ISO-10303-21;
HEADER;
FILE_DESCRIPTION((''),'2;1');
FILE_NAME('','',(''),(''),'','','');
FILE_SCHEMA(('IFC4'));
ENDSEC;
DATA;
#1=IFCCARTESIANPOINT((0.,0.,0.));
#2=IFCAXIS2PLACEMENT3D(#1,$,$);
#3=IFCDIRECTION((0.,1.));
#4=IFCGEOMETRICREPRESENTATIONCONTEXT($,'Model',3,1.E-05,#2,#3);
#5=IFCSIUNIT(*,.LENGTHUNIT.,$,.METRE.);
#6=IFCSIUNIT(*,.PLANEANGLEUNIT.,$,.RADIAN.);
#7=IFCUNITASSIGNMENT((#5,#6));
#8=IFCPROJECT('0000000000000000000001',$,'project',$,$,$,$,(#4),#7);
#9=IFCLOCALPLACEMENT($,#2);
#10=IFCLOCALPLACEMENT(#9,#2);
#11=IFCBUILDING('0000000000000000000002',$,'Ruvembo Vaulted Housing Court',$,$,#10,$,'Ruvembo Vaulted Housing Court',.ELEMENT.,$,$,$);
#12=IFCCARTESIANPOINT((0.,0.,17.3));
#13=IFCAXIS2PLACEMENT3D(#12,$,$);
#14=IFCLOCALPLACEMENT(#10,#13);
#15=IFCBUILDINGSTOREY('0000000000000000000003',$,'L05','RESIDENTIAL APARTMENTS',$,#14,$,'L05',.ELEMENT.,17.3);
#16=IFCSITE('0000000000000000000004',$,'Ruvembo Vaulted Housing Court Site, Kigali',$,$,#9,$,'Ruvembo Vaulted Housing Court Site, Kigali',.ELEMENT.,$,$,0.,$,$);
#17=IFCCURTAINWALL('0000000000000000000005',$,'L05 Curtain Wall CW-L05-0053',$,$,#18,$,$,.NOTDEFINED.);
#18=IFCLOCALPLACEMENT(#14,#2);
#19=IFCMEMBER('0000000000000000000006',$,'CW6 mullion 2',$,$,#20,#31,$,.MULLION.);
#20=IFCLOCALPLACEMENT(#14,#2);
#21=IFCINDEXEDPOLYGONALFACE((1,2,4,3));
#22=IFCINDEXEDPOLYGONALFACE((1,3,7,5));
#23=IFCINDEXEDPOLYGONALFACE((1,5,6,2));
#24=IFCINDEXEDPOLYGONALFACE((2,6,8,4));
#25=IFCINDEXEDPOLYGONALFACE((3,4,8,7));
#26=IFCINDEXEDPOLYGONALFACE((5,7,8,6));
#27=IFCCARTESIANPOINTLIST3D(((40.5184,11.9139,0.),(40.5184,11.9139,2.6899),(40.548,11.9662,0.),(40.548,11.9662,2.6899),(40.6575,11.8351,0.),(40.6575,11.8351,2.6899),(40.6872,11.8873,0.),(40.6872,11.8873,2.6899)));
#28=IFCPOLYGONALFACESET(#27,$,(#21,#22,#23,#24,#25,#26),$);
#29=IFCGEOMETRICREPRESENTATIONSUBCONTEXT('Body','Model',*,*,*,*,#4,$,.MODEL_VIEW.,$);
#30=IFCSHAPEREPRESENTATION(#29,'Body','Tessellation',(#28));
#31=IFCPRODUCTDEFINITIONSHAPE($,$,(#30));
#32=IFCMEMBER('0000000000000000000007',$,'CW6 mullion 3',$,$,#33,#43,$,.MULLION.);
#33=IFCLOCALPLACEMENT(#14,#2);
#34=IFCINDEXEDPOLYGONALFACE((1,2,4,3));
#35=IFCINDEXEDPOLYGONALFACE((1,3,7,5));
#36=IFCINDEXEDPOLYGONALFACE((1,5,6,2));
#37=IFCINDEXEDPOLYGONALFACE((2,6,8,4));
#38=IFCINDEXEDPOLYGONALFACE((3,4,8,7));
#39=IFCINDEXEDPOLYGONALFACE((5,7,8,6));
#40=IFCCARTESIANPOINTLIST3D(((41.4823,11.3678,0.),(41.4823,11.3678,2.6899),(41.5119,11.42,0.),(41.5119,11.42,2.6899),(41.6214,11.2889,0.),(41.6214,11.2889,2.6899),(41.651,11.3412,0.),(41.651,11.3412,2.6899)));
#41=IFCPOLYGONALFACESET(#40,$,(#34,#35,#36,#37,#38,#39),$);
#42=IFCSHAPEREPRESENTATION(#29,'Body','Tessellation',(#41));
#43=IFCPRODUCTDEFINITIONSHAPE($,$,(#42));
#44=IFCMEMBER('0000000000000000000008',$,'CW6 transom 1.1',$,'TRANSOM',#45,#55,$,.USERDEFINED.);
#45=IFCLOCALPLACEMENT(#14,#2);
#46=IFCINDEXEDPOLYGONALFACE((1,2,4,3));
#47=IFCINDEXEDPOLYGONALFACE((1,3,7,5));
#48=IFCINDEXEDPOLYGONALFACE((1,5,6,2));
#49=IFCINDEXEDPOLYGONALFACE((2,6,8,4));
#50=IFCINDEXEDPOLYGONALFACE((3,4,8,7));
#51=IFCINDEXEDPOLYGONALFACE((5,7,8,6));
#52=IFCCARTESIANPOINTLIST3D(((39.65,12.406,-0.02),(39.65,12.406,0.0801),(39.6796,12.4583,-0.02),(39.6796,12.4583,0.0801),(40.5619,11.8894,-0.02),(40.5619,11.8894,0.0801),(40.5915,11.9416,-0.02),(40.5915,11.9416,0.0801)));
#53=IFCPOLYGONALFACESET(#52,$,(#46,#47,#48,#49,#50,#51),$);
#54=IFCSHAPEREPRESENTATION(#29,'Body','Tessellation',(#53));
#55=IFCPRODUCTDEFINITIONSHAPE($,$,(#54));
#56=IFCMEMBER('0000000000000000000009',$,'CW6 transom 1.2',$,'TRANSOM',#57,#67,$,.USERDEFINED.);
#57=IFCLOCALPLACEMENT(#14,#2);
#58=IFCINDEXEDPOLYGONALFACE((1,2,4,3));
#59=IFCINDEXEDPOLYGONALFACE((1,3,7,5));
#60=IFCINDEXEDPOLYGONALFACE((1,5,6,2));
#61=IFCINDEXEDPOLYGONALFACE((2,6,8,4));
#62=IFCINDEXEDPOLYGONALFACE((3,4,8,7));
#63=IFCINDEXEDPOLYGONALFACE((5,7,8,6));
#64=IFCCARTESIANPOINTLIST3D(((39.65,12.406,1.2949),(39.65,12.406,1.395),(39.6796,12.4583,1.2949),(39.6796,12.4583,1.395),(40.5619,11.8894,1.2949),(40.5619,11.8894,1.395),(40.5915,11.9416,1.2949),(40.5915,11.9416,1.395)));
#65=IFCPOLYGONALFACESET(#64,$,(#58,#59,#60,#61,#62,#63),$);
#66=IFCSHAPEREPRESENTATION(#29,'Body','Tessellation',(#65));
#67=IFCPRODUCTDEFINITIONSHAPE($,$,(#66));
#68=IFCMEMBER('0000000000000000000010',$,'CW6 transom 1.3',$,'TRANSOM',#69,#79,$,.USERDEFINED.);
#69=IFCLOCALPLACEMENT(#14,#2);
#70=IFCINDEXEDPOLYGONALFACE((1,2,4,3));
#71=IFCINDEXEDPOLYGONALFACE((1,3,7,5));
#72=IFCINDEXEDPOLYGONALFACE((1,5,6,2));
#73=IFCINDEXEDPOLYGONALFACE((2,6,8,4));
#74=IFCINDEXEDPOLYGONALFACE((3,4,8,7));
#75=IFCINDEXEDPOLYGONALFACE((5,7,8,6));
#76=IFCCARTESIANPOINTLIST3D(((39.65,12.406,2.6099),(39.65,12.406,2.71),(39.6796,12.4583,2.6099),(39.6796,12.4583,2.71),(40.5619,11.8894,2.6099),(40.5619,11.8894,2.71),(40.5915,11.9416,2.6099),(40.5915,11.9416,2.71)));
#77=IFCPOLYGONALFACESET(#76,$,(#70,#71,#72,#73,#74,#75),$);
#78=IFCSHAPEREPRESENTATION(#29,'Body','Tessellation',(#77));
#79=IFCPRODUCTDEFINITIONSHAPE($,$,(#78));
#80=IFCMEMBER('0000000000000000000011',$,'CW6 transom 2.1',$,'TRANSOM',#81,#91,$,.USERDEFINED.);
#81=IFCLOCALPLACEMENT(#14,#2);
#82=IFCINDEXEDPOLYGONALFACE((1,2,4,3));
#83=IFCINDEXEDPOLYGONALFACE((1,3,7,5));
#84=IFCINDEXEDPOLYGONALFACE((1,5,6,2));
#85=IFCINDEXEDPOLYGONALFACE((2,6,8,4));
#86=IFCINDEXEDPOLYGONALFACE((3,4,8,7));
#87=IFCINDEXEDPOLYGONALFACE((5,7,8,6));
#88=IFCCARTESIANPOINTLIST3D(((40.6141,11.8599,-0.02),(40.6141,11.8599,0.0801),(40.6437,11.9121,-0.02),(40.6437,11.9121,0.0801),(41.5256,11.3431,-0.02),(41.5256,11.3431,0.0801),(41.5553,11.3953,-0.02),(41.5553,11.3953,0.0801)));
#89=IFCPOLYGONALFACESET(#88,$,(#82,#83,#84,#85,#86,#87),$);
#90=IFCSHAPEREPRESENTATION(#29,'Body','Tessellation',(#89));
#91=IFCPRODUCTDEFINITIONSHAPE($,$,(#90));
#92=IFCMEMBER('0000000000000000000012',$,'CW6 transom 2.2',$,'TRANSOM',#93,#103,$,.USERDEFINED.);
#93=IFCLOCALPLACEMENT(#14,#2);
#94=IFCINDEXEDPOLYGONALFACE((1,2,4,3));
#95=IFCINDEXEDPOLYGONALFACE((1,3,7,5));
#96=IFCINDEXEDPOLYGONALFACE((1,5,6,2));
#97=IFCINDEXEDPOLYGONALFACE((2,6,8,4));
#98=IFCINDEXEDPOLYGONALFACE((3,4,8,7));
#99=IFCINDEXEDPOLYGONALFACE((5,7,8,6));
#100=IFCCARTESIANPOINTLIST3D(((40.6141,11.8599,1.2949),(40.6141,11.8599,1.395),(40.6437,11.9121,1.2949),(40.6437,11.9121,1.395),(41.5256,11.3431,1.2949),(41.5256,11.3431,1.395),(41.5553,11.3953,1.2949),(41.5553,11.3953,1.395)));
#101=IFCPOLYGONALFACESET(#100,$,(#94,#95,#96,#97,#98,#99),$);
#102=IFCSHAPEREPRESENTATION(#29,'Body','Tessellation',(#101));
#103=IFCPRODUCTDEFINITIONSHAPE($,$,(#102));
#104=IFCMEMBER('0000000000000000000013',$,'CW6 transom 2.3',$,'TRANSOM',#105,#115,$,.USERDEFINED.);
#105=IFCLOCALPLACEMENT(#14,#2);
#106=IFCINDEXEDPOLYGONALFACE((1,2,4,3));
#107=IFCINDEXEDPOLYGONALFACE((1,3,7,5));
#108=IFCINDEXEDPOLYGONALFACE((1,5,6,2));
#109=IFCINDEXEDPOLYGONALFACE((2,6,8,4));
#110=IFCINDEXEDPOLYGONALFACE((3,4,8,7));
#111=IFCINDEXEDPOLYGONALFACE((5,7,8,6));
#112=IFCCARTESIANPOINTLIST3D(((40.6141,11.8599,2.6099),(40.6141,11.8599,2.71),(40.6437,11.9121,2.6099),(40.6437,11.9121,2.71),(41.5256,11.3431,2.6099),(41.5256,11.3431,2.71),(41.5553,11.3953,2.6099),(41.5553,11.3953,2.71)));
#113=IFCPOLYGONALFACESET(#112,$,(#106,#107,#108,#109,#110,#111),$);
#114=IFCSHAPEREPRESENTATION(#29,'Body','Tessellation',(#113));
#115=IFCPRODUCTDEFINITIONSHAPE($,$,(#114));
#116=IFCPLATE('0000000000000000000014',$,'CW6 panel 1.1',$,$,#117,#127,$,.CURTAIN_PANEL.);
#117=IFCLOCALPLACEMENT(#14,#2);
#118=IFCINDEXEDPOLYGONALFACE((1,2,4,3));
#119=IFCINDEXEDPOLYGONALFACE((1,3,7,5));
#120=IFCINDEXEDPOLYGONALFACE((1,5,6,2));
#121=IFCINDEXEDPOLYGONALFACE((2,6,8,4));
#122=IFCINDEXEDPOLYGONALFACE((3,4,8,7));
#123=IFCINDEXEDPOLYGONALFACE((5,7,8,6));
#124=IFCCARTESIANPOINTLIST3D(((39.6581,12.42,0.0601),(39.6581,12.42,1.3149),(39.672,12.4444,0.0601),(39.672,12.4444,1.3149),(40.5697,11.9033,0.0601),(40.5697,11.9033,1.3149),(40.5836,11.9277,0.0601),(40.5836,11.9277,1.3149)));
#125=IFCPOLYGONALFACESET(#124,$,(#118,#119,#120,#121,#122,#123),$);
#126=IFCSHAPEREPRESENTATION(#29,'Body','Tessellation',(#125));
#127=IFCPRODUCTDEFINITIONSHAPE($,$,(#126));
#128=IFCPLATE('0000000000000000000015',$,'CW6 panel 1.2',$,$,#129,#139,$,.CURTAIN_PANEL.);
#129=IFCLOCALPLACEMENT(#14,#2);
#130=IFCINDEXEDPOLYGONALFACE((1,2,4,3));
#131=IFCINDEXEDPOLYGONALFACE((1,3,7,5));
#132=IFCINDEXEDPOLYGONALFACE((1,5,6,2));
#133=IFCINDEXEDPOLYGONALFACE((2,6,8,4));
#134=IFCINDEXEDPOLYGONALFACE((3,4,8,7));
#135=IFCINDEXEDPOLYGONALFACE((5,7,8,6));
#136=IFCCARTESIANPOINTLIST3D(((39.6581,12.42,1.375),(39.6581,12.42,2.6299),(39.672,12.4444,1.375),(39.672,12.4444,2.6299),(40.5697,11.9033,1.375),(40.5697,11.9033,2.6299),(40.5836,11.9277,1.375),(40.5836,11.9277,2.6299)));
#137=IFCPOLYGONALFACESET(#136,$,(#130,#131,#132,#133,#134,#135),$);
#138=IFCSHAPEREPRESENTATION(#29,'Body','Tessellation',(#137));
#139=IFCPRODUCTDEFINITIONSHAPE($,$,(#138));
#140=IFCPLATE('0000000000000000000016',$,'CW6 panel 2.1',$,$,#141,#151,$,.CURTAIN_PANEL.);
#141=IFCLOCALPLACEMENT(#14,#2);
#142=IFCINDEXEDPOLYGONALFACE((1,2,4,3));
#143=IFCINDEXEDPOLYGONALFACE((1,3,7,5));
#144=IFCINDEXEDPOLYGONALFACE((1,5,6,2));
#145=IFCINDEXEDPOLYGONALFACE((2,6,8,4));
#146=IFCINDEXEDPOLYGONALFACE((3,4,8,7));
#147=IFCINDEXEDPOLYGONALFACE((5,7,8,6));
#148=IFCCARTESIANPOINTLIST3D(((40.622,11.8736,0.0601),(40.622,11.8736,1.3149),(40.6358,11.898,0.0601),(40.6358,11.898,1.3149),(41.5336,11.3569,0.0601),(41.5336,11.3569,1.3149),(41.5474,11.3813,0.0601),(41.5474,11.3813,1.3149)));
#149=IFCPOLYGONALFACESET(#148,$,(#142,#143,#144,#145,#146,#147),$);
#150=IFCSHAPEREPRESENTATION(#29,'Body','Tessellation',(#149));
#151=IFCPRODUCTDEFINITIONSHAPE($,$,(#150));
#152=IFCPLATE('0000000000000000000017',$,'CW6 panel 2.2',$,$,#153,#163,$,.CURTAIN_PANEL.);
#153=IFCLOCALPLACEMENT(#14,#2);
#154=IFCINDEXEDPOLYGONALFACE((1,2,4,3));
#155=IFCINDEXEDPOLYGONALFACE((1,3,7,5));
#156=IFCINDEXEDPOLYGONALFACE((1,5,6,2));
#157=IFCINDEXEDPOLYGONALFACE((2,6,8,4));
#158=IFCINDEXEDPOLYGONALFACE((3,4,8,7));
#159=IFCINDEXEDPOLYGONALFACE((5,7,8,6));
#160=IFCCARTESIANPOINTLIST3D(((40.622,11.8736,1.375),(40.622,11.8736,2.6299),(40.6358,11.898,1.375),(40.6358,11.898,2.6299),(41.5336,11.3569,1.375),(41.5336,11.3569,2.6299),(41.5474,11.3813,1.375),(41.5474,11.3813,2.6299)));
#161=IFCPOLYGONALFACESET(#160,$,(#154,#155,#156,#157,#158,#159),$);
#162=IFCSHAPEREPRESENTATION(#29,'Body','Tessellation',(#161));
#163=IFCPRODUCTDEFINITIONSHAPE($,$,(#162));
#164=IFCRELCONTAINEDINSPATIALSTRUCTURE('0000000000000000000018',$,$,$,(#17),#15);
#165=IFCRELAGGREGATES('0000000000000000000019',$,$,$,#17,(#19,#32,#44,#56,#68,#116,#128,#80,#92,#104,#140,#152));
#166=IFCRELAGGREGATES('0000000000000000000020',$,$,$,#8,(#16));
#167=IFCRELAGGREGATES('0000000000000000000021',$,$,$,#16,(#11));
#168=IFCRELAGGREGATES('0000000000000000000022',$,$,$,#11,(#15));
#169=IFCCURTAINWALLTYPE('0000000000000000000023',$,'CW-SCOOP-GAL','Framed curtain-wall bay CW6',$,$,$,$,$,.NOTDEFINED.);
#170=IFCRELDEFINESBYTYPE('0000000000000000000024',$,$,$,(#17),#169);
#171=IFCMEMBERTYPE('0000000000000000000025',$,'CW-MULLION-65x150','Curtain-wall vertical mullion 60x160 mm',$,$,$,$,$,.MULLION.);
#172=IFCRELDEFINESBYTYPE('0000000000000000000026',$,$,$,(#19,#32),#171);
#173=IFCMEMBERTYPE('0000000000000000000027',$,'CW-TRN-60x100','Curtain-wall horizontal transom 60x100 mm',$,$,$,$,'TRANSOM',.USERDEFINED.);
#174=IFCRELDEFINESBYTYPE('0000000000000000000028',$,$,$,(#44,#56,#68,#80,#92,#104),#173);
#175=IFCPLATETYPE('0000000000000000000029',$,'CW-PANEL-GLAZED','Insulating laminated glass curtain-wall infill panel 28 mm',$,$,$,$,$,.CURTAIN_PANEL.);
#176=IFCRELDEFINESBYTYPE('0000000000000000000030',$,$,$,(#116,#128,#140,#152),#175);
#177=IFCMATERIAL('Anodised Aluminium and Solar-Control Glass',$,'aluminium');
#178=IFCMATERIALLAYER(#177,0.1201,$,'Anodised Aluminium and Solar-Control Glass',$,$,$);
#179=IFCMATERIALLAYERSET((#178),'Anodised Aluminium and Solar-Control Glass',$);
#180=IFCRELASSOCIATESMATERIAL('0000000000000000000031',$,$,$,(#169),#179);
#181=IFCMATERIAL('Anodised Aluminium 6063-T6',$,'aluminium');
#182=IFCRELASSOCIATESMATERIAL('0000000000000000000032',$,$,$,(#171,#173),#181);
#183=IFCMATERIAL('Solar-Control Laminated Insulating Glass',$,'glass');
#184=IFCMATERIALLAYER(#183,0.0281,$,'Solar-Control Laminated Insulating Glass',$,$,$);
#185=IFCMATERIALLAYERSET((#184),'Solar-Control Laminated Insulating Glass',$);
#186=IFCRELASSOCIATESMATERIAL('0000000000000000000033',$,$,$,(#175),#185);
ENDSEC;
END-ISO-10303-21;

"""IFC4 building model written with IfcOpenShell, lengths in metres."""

from ifc_helpers import new_model, si_unit, direction, frame, origin, origin_2d, place, context, subcontext, project, spatial, rectangle, extrude, material, layer, layer_set, material_profile, profile_set, type_object, element, aggregate, save


model = new_model("IFC4")

# Units and contexts
model_context = context("Model", 3, precision=1e-05, world=origin(), true_north=direction((0.0, 1.0)))
body_context = subcontext(model_context, "Body", "Model", "MODEL_VIEW")
ifc_project = project(units=[si_unit("LENGTHUNIT", "METRE"), si_unit("PLANEANGLEUNIT", "RADIAN")], contexts=[model_context])

# Site, building, storey
site_placement = place(None, origin())
site = spatial("IfcSite", under=ifc_project, at=site_placement, Name="Ruvembo Vaulted Housing Court Site, Kigali", LongName="Ruvembo Vaulted Housing Court Site, Kigali", CompositionType="ELEMENT", RefElevation=0.0)
building_placement = place(site_placement, origin())
building = spatial("IfcBuilding", under=site, at=building_placement, Name="Ruvembo Vaulted Housing Court", LongName="Ruvembo Vaulted Housing Court", CompositionType="ELEMENT")
storey_placement = place(building_placement, frame((0.0, 0.0, 17.3)))
storey = spatial("IfcBuildingStorey", under=building, at=storey_placement, Name="L05", Description="RESIDENTIAL APARTMENTS", LongName="L05", CompositionType="ELEMENT", Elevation=17.3)

# Curtain wall, members, plates
ifc_material_1 = material(Name="Anodised Aluminium and Solar-Control Glass", Category="aluminium")
ifc_layer_1 = layer(ifc_material_1, 0.1201, Name="Anodised Aluminium and Solar-Control Glass")
ifc_layer_set_1 = layer_set([ifc_layer_1], Name="Anodised Aluminium and Solar-Control Glass")
curtain_wall_type = type_object("IfcCurtainWallType", Name="CW-SCOOP-GAL", Description="Framed curtain-wall bay CW6", PredefinedType="NOTDEFINED", material=ifc_layer_set_1)
curtain_wall_placement = place(storey_placement, origin())
curtain_wall = element("IfcCurtainWall", 1, at=curtain_wall_placement, inside=storey, type_object=curtain_wall_type, Name="L05 Curtain Wall CW-L05-0053", PredefinedType="NOTDEFINED")
ifc_material_2 = material(Name="Anodised Aluminium 6063-T6", Category="aluminium")
ifc_material_profile_1 = material_profile(ifc_material_2, rectangle(XDim=0.0601, YDim=0.1599, at=origin_2d()), Name="ALU 60x160")
ifc_profile_set_1 = profile_set([ifc_material_profile_1], Name="Anodised Aluminium 6063-T6")
member_type_1 = type_object("IfcMemberType", Name="CW-MULLION-65x150", Description="Curtain-wall vertical mullion 60x160 mm", PredefinedType="MULLION", material=ifc_profile_set_1)
member_1_placement = place(storey_placement, frame((40.6028, 11.9006, 0.0), z_axis=(0.0, 0.0, 1.0), x_axis=(0.493079, 0.869984, 0.0)))
member_1 = element("IfcMember", 2, at=member_1_placement, type_object=member_type_1, Name="CW6 mullion 2", PredefinedType="MULLION", context=body_context, shape_type="SweptSolid", body=[
    extrude(rectangle(XDim=0.0601, YDim=0.1599, at=origin_2d()), origin(), (0.0, 0.0, 1.0), 2.6899),
])
member_2_placement = place(storey_placement, frame((41.5667, 11.3545, 0.0), z_axis=(0.0, 0.0, 1.0), x_axis=(0.493079, 0.869984, 0.0)))
member_2 = element("IfcMember", 3, at=member_2_placement, type_object=member_type_1, Name="CW6 mullion 3", PredefinedType="MULLION", context=body_context, shape_type="SweptSolid", body=[
    extrude(rectangle(XDim=0.0601, YDim=0.1599, at=origin_2d()), origin(), (0.0, 0.0, 1.0), 2.6899),
])
ifc_material_profile_2 = material_profile(ifc_material_2, rectangle(XDim=0.0601, YDim=0.1001, at=origin_2d()), Name="ALU 60x100")
ifc_profile_set_2 = profile_set([ifc_material_profile_2], Name="Anodised Aluminium 6063-T6")
member_type_2 = type_object("IfcMemberType", Name="CW-TRN-60x100", Description="Curtain-wall horizontal transom 60x100 mm", ElementType="TRANSOM", PredefinedType="USERDEFINED", material=ifc_profile_set_2)
member_3_placement = place(storey_placement, frame((39.6648, 12.4321, 0.03), z_axis=(0.870072, -0.492924, 0.0), x_axis=(0.492924, 0.870072, 0.0)))
member_3 = element("IfcMember", 4, at=member_3_placement, type_object=member_type_2, Name="CW6 transom 1.1", ObjectType="TRANSOM", PredefinedType="USERDEFINED", context=body_context, shape_type="SweptSolid", body=[
    extrude(rectangle(XDim=0.0601, YDim=0.1001, at=origin_2d()), origin(), (0.0, 0.0, 1.0), 1.0481),
])
member_4_placement = place(storey_placement, frame((39.6648, 12.4321, 1.345), z_axis=(0.870072, -0.492924, 0.0), x_axis=(0.492924, 0.870072, 0.0)))
member_4 = element("IfcMember", 5, at=member_4_placement, type_object=member_type_2, Name="CW6 transom 1.2", ObjectType="TRANSOM", PredefinedType="USERDEFINED", context=body_context, shape_type="SweptSolid", body=[
    extrude(rectangle(XDim=0.0601, YDim=0.1001, at=origin_2d()), origin(), (0.0, 0.0, 1.0), 1.0481),
])
member_5_placement = place(storey_placement, frame((39.6648, 12.4321, 2.6599), z_axis=(0.870072, -0.492924, 0.0), x_axis=(0.492924, 0.870072, 0.0)))
member_5 = element("IfcMember", 6, at=member_5_placement, type_object=member_type_2, Name="CW6 transom 1.3", ObjectType="TRANSOM", PredefinedType="USERDEFINED", context=body_context, shape_type="SweptSolid", body=[
    extrude(rectangle(XDim=0.0601, YDim=0.1001, at=origin_2d()), origin(), (0.0, 0.0, 1.0), 1.0481),
])
member_6_placement = place(storey_placement, frame((40.6289, 11.886, 0.03), z_axis=(0.869916, -0.493201, 0.0), x_axis=(0.493201, 0.869916, 0.0)))
member_6 = element("IfcMember", 7, at=member_6_placement, type_object=member_type_2, Name="CW6 transom 2.1", ObjectType="TRANSOM", PredefinedType="USERDEFINED", context=body_context, shape_type="SweptSolid", body=[
    extrude(rectangle(XDim=0.0601, YDim=0.1001, at=origin_2d()), origin(), (0.0, 0.0, 1.0), 1.0479),
])
member_7_placement = place(storey_placement, frame((40.6289, 11.886, 1.345), z_axis=(0.869916, -0.493201, 0.0), x_axis=(0.493201, 0.869916, 0.0)))
member_7 = element("IfcMember", 8, at=member_7_placement, type_object=member_type_2, Name="CW6 transom 2.2", ObjectType="TRANSOM", PredefinedType="USERDEFINED", context=body_context, shape_type="SweptSolid", body=[
    extrude(rectangle(XDim=0.0601, YDim=0.1001, at=origin_2d()), origin(), (0.0, 0.0, 1.0), 1.0479),
])
member_8_placement = place(storey_placement, frame((40.6289, 11.886, 2.6599), z_axis=(0.869916, -0.493201, 0.0), x_axis=(0.493201, 0.869916, 0.0)))
member_8 = element("IfcMember", 9, at=member_8_placement, type_object=member_type_2, Name="CW6 transom 2.3", ObjectType="TRANSOM", PredefinedType="USERDEFINED", context=body_context, shape_type="SweptSolid", body=[
    extrude(rectangle(XDim=0.0601, YDim=0.1001, at=origin_2d()), origin(), (0.0, 0.0, 1.0), 1.0479),
])
ifc_material_3 = material(Name="Solar-Control Laminated Insulating Glass", Category="glass")
ifc_layer_2 = layer(ifc_material_3, 0.0281, Name="Solar-Control Laminated Insulating Glass")
ifc_layer_set_2 = layer_set([ifc_layer_2], Name="Solar-Control Laminated Insulating Glass")
plate_type = type_object("IfcPlateType", Name="CW-PANEL-GLAZED", Description="Insulating laminated glass curtain-wall infill panel 28 mm", PredefinedType="CURTAIN_PANEL", material=ifc_layer_set_2)
plate_1_placement = place(storey_placement, frame((40.1208, 12.1738, 0.0601), z_axis=(0.0, 0.0, 1.0), x_axis=(0.869984, -0.493079, 0.0)))
plate_1 = element("IfcPlate", 10, at=plate_1_placement, type_object=plate_type, Name="CW6 panel 1.1", PredefinedType="CURTAIN_PANEL", context=body_context, shape_type="SweptSolid", body=[
    extrude(rectangle(XDim=1.0479, YDim=0.0281, at=origin_2d()), origin(), (0.0, 0.0, 1.0), 1.2549),
])
plate_2_placement = place(storey_placement, frame((40.1208, 12.1738, 1.375), z_axis=(0.0, 0.0, 1.0), x_axis=(0.869984, -0.493079, 0.0)))
plate_2 = element("IfcPlate", 11, at=plate_2_placement, type_object=plate_type, Name="CW6 panel 1.2", PredefinedType="CURTAIN_PANEL", context=body_context, shape_type="SweptSolid", body=[
    extrude(rectangle(XDim=1.0479, YDim=0.0281, at=origin_2d()), origin(), (0.0, 0.0, 1.0), 1.2549),
])
plate_3_placement = place(storey_placement, frame((41.0847, 11.6274, 0.0601), z_axis=(0.0, 0.0, 1.0), x_axis=(0.869984, -0.493079, 0.0)))
plate_3 = element("IfcPlate", 12, at=plate_3_placement, type_object=plate_type, Name="CW6 panel 2.1", PredefinedType="CURTAIN_PANEL", context=body_context, shape_type="SweptSolid", body=[
    extrude(rectangle(XDim=1.0479, YDim=0.0281, at=origin_2d()), origin(), (0.0, 0.0, 1.0), 1.2549),
])
plate_4_placement = place(storey_placement, frame((41.0847, 11.6274, 1.375), z_axis=(0.0, 0.0, 1.0), x_axis=(0.869984, -0.493079, 0.0)))
plate_4 = element("IfcPlate", 13, at=plate_4_placement, type_object=plate_type, Name="CW6 panel 2.2", PredefinedType="CURTAIN_PANEL", context=body_context, shape_type="SweptSolid", body=[
    extrude(rectangle(XDim=1.0479, YDim=0.0281, at=origin_2d()), origin(), (0.0, 0.0, 1.0), 1.2549),
])
aggregate(curtain_wall, [member_1, member_2, member_3, member_4, member_5, plate_1, plate_2, member_6, member_7, member_8, plate_3, plate_4])

save(model, "model.ifc")
